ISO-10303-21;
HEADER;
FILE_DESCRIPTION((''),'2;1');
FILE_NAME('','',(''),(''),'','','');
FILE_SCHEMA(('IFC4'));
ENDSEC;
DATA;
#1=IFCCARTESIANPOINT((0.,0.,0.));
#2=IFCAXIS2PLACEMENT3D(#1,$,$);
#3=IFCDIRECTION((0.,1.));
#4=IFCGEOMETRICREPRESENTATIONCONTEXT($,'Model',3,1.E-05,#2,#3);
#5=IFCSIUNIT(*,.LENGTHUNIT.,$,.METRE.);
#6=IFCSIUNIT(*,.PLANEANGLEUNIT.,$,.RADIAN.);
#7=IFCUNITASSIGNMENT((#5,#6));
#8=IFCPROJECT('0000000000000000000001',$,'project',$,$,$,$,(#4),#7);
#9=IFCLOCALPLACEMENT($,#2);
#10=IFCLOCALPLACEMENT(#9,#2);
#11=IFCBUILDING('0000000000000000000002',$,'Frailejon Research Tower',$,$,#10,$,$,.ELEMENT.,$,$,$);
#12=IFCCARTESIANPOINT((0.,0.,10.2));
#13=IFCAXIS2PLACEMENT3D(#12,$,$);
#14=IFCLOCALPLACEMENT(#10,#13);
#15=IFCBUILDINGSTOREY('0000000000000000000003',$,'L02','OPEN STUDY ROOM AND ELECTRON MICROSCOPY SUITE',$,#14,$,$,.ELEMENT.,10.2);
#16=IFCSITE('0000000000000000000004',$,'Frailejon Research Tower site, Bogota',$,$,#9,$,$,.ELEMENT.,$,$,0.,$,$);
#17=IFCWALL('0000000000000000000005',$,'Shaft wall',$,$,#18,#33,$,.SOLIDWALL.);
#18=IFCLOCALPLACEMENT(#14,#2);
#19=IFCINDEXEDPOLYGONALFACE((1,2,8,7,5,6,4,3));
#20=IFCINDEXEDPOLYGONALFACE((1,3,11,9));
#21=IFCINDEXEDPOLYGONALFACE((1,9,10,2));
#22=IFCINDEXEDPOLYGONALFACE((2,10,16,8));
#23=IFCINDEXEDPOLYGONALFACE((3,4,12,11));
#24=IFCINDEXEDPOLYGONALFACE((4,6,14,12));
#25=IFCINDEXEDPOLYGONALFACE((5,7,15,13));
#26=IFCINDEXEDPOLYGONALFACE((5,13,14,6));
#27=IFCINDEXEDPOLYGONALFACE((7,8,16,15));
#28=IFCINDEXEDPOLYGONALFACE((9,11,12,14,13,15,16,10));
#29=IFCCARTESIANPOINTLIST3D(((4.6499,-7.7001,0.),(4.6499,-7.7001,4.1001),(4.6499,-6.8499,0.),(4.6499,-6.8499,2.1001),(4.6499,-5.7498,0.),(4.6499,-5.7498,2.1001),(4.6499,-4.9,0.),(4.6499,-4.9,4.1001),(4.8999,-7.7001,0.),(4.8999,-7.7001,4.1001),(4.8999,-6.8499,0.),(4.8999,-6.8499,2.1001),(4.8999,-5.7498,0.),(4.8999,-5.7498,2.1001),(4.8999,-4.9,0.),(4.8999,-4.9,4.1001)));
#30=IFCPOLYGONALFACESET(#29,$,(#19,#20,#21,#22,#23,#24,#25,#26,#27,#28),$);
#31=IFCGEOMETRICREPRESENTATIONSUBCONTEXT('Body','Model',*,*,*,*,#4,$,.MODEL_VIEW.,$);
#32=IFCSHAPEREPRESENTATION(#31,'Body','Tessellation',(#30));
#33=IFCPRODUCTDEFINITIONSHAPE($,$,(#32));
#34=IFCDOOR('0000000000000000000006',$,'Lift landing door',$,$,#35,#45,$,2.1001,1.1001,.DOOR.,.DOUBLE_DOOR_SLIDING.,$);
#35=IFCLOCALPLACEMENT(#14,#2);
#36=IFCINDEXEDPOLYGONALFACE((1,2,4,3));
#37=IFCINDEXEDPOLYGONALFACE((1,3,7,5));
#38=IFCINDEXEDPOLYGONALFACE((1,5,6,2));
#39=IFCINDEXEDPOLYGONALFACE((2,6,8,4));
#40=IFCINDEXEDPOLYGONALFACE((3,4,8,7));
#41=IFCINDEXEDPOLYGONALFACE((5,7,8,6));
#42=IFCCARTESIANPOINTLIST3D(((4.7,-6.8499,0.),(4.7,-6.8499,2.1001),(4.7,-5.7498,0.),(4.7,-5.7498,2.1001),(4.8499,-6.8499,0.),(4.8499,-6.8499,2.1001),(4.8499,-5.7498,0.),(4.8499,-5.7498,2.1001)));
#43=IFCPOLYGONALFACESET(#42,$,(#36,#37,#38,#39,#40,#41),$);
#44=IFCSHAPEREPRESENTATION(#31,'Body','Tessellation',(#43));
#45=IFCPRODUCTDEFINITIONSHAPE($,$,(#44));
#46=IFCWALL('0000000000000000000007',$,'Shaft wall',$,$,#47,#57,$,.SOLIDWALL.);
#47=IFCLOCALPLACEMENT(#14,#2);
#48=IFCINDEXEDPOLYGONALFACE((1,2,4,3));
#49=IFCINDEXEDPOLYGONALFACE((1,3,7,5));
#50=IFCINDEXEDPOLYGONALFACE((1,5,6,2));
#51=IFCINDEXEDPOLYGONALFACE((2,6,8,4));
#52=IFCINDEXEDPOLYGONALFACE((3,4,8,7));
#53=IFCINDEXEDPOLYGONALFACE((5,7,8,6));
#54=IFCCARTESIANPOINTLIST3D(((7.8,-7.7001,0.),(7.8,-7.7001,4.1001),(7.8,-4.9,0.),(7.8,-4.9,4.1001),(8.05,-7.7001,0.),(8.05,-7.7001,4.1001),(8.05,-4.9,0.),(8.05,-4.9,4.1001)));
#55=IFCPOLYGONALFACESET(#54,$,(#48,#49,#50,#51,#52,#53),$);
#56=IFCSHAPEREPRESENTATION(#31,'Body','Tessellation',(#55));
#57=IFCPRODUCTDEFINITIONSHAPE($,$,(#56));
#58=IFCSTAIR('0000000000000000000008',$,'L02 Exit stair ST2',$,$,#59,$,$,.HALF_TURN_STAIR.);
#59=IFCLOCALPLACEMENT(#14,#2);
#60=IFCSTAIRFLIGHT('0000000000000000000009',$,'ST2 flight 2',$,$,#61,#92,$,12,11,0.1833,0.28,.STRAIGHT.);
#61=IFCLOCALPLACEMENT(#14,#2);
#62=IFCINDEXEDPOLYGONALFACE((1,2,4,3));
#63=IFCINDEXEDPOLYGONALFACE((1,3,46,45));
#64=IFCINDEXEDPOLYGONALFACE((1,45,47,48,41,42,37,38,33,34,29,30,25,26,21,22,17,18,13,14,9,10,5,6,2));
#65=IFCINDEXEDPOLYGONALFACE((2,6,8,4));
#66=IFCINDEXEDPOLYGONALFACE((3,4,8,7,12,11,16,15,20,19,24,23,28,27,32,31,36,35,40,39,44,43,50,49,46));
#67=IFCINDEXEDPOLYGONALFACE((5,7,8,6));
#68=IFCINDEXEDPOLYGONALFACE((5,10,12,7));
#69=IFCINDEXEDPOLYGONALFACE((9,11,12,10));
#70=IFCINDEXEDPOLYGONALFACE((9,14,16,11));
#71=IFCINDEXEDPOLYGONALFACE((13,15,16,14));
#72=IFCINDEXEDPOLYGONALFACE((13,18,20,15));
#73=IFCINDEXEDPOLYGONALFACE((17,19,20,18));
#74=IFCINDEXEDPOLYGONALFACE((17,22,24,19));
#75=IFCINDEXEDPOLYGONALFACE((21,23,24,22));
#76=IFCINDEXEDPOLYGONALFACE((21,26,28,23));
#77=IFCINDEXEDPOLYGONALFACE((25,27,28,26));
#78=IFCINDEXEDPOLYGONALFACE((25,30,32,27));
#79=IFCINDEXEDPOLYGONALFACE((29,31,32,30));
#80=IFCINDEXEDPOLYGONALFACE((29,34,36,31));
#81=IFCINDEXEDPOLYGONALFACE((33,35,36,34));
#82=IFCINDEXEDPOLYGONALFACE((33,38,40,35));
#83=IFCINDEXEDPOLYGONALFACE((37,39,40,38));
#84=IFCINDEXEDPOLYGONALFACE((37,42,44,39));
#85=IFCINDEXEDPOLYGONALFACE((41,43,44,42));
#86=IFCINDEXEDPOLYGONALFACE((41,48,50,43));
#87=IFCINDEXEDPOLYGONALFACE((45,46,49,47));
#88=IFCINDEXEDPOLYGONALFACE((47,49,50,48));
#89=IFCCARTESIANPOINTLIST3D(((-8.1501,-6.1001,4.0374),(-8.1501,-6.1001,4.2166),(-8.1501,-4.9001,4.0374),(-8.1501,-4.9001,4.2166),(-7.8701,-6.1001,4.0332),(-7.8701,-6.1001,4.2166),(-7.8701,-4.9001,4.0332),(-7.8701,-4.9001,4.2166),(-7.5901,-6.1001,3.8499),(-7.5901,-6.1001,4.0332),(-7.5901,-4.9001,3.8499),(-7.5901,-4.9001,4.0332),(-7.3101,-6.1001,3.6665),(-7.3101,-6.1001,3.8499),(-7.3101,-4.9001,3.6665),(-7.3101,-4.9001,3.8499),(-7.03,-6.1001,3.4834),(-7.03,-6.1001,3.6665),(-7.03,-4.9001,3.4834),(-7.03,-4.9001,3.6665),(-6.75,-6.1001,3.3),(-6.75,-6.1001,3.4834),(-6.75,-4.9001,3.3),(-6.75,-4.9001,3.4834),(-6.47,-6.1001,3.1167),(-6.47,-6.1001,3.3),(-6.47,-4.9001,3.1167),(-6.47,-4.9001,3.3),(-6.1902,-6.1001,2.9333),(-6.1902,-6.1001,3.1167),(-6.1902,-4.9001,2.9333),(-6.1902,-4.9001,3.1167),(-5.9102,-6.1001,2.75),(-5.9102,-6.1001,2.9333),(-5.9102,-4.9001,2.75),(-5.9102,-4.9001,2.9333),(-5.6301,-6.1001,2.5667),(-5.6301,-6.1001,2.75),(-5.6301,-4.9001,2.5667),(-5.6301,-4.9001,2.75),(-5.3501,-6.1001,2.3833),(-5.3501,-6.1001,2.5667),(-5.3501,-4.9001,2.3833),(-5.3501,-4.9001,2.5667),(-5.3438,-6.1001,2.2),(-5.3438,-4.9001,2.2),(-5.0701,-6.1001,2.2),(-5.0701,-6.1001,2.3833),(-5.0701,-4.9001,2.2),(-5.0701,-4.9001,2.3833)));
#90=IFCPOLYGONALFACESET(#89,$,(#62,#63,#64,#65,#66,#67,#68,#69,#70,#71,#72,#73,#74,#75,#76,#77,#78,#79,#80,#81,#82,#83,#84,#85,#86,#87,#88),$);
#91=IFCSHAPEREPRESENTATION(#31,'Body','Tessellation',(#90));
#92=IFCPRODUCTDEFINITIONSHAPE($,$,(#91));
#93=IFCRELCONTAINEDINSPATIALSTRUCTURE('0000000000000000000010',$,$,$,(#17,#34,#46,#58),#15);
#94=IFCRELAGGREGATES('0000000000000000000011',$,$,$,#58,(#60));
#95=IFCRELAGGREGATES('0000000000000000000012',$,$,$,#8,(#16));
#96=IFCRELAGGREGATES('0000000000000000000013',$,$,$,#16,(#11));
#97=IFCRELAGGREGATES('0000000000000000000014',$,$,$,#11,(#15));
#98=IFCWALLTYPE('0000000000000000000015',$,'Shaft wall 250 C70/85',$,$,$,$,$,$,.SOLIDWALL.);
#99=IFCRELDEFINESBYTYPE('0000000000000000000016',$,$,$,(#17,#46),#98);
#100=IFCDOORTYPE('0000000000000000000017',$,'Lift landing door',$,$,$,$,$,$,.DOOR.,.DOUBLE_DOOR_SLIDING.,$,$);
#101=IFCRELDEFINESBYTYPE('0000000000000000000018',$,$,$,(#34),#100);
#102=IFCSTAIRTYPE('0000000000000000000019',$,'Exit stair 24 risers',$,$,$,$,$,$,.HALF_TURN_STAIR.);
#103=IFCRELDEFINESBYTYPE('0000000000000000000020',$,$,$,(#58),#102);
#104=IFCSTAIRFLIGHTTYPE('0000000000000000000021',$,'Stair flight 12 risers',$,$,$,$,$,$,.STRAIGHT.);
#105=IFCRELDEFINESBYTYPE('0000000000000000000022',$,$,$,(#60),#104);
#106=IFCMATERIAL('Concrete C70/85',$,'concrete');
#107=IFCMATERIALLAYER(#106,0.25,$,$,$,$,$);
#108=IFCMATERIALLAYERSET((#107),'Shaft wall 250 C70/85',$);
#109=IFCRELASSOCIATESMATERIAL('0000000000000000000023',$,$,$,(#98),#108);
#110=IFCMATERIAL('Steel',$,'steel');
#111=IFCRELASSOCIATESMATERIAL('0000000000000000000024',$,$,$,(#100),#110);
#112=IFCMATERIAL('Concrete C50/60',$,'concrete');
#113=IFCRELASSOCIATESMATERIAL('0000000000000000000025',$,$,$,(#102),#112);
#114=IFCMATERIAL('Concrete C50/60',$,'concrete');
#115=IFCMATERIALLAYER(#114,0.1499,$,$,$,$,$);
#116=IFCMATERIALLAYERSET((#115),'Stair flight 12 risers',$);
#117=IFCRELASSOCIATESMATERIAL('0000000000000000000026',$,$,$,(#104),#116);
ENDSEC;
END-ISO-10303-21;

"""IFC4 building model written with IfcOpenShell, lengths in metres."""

from ifc_helpers import new_model, si_unit, direction, frame, frame_2d, origin, place, context, subcontext, project, spatial, polyline, rectangle, outline, extrude, material, layer, layer_set, type_object, element, fill, aggregate, save


model = new_model("IFC4")

# Units and contexts
model_context = context("Model", 3, precision=1e-05, world=origin(), true_north=direction((0.0, 1.0)))
body_context = subcontext(model_context, "Body", "Model", "MODEL_VIEW")
ifc_project = project(units=[si_unit("LENGTHUNIT", "METRE"), si_unit("PLANEANGLEUNIT", "RADIAN")], contexts=[model_context])

# Site, building, storey
site_placement = place(None, origin())
site = spatial("IfcSite", under=ifc_project, at=site_placement, Name="Frailejon Research Tower site, Bogota", CompositionType="ELEMENT", RefElevation=0.0)
building_placement = place(site_placement, origin())
building = spatial("IfcBuilding", under=site, at=building_placement, Name="Frailejon Research Tower", CompositionType="ELEMENT")
storey_placement = place(building_placement, frame((0.0, 0.0, 10.2)))
storey = spatial("IfcBuildingStorey", under=building, at=storey_placement, Name="L02", Description="OPEN STUDY ROOM AND ELECTRON MICROSCOPY SUITE", CompositionType="ELEMENT", Elevation=10.2)

# Shared definitions
ifc_material_1 = material(Name="Concrete C70/85", Category="concrete")
ifc_layer_1 = layer(ifc_material_1, 0.25)
ifc_layer_set_1 = layer_set([ifc_layer_1], Name="Shaft wall 250 C70/85")
wall_type_1 = type_object("IfcWallType", Name="Shaft wall 250 C70/85", PredefinedType="SOLIDWALL", material=ifc_layer_set_1)

# Wall, opening, door
ifc_material_2 = material(Name="Steel", Category="steel")
door_type_1 = type_object("IfcDoorType", Name="Lift landing door", OperationType="DOUBLE_DOOR_SLIDING", PredefinedType="DOOR", material=ifc_material_2)
wall_1_placement = place(storey_placement, frame((4.7749, -7.7, 0.0), z_axis=(0.0, 0.0, 1.0), x_axis=(0.0, 1.0, 0.0)))
wall_1 = element("IfcWall", 1, at=wall_1_placement, inside=storey, type_object=wall_type_1, Name="Shaft wall", PredefinedType="SOLIDWALL", context=body_context, shape_type="SweptSolid", body=[
    extrude(rectangle(XDim=2.8, YDim=0.25, at=frame_2d((1.3999, 0.0))), origin(), (0.0, 0.0, 1.0), 4.1001),
])
opening_1_placement = place(wall_1_placement, frame((0.8501, 0.0, 0.0)))
opening_1 = element("IfcOpeningElement", 2, at=opening_1_placement, cuts=wall_1, PredefinedType="OPENING", context=body_context, shape_type="SweptSolid", body=[
    extrude(rectangle(XDim=1.1001, YDim=2.1001, at=frame_2d((0.55, 1.05))), frame((0.0, 0.135, 0.0), z_axis=(0.0, -1.0, 0.0), x_axis=(1.0, 0.0, 0.0)), (0.0, 0.0, 1.0), 0.27),
])
door_1_placement = place(opening_1_placement, origin())
door_1 = element("IfcDoor", 3, at=door_1_placement, inside=storey, type_object=door_type_1, Name="Lift landing door", OperationType="DOUBLE_DOOR_SLIDING", OverallHeight=2.1001, OverallWidth=1.1001, PredefinedType="DOOR", context=body_context, shape_type="SweptSolid", body=[
    extrude(rectangle(XDim=1.1001, YDim=2.1001, at=frame_2d((0.55, 1.05))), frame((0.0, 0.075, 0.0), z_axis=(0.0, -1.0, 0.0), x_axis=(1.0, 0.0, 0.0)), (0.0, 0.0, 1.0), 0.1499),
])
fill(opening_1, door_1)

# Wall
wall_2_placement = place(storey_placement, frame((7.925, -7.7, 0.0), z_axis=(0.0, 0.0, 1.0), x_axis=(0.0, 1.0, 0.0)))
element("IfcWall", 4, at=wall_2_placement, inside=storey, type_object=wall_type_1, Name="Shaft wall", PredefinedType="SOLIDWALL", context=body_context, shape_type="SweptSolid", body=[
    extrude(rectangle(XDim=2.8, YDim=0.25, at=frame_2d((1.3999, 0.0))), origin(), (0.0, 0.0, 1.0), 4.1001),
])

# Stair, stair flight
ifc_material_3 = material(Name="Concrete C50/60", Category="concrete")
stair_type = type_object("IfcStairType", Name="Exit stair 24 risers", PredefinedType="HALF_TURN_STAIR", material=ifc_material_3)
stair_placement = place(storey_placement, origin())
stair = element("IfcStair", 5, at=stair_placement, inside=storey, type_object=stair_type, Name="L02 Exit stair ST2", PredefinedType="HALF_TURN_STAIR")
ifc_material_4 = material(Name="Concrete C50/60", Category="concrete")
ifc_layer_2 = layer(ifc_material_4, 0.1499)
ifc_layer_set_2 = layer_set([ifc_layer_2], Name="Stair flight 12 risers")
stair_flight_type = type_object("IfcStairFlightType", Name="Stair flight 12 risers", PredefinedType="STRAIGHT", material=ifc_layer_set_2)
stair_flight_placement = place(storey_placement, frame((-5.0701, -5.5, 2.2), z_axis=(0.0, 0.0, 1.0), x_axis=(-1.0, 0.0, 0.0)))
stair_flight = element("IfcStairFlight", 6, at=stair_flight_placement, type_object=stair_flight_type, Name="ST2 flight 2", NumberOfRisers=12, NumberOfTreads=11, PredefinedType="STRAIGHT", RiserHeight=0.1833, TreadLength=0.28, context=body_context, shape_type="SweptSolid", body=[
    extrude(outline(polyline([(0.0, 0.0), (0.0, 0.1833), (0.28, 0.1833), (0.28, 0.3667), (0.5601, 0.3667), (0.5601, 0.55), (0.8401, 0.55), (0.8401, 0.7334), (1.1201, 0.7334), (1.1201, 0.9167), (1.3999, 0.9167), (1.3999, 1.1001), (1.6799, 1.1001), (1.6799, 1.2834), (1.96, 1.2834), (1.96, 1.4666), (2.24, 1.4666), (2.24, 1.6499), (2.52, 1.6499), (2.52, 1.8333), (2.8, 1.8333), (2.8, 2.0166), (3.0801, 2.0166), (3.0801, 2.2), (3.0801, 1.8374), (0.2737, 0.0), (0.0, 0.0)])), frame((0.0, 0.6001, 0.0), z_axis=(0.0, -1.0, 0.0), x_axis=(1.0, 0.0, 0.0)), (0.0, 0.0, 1.0), 1.2),
])
aggregate(stair, [stair_flight])

save(model, "model.ifc")
